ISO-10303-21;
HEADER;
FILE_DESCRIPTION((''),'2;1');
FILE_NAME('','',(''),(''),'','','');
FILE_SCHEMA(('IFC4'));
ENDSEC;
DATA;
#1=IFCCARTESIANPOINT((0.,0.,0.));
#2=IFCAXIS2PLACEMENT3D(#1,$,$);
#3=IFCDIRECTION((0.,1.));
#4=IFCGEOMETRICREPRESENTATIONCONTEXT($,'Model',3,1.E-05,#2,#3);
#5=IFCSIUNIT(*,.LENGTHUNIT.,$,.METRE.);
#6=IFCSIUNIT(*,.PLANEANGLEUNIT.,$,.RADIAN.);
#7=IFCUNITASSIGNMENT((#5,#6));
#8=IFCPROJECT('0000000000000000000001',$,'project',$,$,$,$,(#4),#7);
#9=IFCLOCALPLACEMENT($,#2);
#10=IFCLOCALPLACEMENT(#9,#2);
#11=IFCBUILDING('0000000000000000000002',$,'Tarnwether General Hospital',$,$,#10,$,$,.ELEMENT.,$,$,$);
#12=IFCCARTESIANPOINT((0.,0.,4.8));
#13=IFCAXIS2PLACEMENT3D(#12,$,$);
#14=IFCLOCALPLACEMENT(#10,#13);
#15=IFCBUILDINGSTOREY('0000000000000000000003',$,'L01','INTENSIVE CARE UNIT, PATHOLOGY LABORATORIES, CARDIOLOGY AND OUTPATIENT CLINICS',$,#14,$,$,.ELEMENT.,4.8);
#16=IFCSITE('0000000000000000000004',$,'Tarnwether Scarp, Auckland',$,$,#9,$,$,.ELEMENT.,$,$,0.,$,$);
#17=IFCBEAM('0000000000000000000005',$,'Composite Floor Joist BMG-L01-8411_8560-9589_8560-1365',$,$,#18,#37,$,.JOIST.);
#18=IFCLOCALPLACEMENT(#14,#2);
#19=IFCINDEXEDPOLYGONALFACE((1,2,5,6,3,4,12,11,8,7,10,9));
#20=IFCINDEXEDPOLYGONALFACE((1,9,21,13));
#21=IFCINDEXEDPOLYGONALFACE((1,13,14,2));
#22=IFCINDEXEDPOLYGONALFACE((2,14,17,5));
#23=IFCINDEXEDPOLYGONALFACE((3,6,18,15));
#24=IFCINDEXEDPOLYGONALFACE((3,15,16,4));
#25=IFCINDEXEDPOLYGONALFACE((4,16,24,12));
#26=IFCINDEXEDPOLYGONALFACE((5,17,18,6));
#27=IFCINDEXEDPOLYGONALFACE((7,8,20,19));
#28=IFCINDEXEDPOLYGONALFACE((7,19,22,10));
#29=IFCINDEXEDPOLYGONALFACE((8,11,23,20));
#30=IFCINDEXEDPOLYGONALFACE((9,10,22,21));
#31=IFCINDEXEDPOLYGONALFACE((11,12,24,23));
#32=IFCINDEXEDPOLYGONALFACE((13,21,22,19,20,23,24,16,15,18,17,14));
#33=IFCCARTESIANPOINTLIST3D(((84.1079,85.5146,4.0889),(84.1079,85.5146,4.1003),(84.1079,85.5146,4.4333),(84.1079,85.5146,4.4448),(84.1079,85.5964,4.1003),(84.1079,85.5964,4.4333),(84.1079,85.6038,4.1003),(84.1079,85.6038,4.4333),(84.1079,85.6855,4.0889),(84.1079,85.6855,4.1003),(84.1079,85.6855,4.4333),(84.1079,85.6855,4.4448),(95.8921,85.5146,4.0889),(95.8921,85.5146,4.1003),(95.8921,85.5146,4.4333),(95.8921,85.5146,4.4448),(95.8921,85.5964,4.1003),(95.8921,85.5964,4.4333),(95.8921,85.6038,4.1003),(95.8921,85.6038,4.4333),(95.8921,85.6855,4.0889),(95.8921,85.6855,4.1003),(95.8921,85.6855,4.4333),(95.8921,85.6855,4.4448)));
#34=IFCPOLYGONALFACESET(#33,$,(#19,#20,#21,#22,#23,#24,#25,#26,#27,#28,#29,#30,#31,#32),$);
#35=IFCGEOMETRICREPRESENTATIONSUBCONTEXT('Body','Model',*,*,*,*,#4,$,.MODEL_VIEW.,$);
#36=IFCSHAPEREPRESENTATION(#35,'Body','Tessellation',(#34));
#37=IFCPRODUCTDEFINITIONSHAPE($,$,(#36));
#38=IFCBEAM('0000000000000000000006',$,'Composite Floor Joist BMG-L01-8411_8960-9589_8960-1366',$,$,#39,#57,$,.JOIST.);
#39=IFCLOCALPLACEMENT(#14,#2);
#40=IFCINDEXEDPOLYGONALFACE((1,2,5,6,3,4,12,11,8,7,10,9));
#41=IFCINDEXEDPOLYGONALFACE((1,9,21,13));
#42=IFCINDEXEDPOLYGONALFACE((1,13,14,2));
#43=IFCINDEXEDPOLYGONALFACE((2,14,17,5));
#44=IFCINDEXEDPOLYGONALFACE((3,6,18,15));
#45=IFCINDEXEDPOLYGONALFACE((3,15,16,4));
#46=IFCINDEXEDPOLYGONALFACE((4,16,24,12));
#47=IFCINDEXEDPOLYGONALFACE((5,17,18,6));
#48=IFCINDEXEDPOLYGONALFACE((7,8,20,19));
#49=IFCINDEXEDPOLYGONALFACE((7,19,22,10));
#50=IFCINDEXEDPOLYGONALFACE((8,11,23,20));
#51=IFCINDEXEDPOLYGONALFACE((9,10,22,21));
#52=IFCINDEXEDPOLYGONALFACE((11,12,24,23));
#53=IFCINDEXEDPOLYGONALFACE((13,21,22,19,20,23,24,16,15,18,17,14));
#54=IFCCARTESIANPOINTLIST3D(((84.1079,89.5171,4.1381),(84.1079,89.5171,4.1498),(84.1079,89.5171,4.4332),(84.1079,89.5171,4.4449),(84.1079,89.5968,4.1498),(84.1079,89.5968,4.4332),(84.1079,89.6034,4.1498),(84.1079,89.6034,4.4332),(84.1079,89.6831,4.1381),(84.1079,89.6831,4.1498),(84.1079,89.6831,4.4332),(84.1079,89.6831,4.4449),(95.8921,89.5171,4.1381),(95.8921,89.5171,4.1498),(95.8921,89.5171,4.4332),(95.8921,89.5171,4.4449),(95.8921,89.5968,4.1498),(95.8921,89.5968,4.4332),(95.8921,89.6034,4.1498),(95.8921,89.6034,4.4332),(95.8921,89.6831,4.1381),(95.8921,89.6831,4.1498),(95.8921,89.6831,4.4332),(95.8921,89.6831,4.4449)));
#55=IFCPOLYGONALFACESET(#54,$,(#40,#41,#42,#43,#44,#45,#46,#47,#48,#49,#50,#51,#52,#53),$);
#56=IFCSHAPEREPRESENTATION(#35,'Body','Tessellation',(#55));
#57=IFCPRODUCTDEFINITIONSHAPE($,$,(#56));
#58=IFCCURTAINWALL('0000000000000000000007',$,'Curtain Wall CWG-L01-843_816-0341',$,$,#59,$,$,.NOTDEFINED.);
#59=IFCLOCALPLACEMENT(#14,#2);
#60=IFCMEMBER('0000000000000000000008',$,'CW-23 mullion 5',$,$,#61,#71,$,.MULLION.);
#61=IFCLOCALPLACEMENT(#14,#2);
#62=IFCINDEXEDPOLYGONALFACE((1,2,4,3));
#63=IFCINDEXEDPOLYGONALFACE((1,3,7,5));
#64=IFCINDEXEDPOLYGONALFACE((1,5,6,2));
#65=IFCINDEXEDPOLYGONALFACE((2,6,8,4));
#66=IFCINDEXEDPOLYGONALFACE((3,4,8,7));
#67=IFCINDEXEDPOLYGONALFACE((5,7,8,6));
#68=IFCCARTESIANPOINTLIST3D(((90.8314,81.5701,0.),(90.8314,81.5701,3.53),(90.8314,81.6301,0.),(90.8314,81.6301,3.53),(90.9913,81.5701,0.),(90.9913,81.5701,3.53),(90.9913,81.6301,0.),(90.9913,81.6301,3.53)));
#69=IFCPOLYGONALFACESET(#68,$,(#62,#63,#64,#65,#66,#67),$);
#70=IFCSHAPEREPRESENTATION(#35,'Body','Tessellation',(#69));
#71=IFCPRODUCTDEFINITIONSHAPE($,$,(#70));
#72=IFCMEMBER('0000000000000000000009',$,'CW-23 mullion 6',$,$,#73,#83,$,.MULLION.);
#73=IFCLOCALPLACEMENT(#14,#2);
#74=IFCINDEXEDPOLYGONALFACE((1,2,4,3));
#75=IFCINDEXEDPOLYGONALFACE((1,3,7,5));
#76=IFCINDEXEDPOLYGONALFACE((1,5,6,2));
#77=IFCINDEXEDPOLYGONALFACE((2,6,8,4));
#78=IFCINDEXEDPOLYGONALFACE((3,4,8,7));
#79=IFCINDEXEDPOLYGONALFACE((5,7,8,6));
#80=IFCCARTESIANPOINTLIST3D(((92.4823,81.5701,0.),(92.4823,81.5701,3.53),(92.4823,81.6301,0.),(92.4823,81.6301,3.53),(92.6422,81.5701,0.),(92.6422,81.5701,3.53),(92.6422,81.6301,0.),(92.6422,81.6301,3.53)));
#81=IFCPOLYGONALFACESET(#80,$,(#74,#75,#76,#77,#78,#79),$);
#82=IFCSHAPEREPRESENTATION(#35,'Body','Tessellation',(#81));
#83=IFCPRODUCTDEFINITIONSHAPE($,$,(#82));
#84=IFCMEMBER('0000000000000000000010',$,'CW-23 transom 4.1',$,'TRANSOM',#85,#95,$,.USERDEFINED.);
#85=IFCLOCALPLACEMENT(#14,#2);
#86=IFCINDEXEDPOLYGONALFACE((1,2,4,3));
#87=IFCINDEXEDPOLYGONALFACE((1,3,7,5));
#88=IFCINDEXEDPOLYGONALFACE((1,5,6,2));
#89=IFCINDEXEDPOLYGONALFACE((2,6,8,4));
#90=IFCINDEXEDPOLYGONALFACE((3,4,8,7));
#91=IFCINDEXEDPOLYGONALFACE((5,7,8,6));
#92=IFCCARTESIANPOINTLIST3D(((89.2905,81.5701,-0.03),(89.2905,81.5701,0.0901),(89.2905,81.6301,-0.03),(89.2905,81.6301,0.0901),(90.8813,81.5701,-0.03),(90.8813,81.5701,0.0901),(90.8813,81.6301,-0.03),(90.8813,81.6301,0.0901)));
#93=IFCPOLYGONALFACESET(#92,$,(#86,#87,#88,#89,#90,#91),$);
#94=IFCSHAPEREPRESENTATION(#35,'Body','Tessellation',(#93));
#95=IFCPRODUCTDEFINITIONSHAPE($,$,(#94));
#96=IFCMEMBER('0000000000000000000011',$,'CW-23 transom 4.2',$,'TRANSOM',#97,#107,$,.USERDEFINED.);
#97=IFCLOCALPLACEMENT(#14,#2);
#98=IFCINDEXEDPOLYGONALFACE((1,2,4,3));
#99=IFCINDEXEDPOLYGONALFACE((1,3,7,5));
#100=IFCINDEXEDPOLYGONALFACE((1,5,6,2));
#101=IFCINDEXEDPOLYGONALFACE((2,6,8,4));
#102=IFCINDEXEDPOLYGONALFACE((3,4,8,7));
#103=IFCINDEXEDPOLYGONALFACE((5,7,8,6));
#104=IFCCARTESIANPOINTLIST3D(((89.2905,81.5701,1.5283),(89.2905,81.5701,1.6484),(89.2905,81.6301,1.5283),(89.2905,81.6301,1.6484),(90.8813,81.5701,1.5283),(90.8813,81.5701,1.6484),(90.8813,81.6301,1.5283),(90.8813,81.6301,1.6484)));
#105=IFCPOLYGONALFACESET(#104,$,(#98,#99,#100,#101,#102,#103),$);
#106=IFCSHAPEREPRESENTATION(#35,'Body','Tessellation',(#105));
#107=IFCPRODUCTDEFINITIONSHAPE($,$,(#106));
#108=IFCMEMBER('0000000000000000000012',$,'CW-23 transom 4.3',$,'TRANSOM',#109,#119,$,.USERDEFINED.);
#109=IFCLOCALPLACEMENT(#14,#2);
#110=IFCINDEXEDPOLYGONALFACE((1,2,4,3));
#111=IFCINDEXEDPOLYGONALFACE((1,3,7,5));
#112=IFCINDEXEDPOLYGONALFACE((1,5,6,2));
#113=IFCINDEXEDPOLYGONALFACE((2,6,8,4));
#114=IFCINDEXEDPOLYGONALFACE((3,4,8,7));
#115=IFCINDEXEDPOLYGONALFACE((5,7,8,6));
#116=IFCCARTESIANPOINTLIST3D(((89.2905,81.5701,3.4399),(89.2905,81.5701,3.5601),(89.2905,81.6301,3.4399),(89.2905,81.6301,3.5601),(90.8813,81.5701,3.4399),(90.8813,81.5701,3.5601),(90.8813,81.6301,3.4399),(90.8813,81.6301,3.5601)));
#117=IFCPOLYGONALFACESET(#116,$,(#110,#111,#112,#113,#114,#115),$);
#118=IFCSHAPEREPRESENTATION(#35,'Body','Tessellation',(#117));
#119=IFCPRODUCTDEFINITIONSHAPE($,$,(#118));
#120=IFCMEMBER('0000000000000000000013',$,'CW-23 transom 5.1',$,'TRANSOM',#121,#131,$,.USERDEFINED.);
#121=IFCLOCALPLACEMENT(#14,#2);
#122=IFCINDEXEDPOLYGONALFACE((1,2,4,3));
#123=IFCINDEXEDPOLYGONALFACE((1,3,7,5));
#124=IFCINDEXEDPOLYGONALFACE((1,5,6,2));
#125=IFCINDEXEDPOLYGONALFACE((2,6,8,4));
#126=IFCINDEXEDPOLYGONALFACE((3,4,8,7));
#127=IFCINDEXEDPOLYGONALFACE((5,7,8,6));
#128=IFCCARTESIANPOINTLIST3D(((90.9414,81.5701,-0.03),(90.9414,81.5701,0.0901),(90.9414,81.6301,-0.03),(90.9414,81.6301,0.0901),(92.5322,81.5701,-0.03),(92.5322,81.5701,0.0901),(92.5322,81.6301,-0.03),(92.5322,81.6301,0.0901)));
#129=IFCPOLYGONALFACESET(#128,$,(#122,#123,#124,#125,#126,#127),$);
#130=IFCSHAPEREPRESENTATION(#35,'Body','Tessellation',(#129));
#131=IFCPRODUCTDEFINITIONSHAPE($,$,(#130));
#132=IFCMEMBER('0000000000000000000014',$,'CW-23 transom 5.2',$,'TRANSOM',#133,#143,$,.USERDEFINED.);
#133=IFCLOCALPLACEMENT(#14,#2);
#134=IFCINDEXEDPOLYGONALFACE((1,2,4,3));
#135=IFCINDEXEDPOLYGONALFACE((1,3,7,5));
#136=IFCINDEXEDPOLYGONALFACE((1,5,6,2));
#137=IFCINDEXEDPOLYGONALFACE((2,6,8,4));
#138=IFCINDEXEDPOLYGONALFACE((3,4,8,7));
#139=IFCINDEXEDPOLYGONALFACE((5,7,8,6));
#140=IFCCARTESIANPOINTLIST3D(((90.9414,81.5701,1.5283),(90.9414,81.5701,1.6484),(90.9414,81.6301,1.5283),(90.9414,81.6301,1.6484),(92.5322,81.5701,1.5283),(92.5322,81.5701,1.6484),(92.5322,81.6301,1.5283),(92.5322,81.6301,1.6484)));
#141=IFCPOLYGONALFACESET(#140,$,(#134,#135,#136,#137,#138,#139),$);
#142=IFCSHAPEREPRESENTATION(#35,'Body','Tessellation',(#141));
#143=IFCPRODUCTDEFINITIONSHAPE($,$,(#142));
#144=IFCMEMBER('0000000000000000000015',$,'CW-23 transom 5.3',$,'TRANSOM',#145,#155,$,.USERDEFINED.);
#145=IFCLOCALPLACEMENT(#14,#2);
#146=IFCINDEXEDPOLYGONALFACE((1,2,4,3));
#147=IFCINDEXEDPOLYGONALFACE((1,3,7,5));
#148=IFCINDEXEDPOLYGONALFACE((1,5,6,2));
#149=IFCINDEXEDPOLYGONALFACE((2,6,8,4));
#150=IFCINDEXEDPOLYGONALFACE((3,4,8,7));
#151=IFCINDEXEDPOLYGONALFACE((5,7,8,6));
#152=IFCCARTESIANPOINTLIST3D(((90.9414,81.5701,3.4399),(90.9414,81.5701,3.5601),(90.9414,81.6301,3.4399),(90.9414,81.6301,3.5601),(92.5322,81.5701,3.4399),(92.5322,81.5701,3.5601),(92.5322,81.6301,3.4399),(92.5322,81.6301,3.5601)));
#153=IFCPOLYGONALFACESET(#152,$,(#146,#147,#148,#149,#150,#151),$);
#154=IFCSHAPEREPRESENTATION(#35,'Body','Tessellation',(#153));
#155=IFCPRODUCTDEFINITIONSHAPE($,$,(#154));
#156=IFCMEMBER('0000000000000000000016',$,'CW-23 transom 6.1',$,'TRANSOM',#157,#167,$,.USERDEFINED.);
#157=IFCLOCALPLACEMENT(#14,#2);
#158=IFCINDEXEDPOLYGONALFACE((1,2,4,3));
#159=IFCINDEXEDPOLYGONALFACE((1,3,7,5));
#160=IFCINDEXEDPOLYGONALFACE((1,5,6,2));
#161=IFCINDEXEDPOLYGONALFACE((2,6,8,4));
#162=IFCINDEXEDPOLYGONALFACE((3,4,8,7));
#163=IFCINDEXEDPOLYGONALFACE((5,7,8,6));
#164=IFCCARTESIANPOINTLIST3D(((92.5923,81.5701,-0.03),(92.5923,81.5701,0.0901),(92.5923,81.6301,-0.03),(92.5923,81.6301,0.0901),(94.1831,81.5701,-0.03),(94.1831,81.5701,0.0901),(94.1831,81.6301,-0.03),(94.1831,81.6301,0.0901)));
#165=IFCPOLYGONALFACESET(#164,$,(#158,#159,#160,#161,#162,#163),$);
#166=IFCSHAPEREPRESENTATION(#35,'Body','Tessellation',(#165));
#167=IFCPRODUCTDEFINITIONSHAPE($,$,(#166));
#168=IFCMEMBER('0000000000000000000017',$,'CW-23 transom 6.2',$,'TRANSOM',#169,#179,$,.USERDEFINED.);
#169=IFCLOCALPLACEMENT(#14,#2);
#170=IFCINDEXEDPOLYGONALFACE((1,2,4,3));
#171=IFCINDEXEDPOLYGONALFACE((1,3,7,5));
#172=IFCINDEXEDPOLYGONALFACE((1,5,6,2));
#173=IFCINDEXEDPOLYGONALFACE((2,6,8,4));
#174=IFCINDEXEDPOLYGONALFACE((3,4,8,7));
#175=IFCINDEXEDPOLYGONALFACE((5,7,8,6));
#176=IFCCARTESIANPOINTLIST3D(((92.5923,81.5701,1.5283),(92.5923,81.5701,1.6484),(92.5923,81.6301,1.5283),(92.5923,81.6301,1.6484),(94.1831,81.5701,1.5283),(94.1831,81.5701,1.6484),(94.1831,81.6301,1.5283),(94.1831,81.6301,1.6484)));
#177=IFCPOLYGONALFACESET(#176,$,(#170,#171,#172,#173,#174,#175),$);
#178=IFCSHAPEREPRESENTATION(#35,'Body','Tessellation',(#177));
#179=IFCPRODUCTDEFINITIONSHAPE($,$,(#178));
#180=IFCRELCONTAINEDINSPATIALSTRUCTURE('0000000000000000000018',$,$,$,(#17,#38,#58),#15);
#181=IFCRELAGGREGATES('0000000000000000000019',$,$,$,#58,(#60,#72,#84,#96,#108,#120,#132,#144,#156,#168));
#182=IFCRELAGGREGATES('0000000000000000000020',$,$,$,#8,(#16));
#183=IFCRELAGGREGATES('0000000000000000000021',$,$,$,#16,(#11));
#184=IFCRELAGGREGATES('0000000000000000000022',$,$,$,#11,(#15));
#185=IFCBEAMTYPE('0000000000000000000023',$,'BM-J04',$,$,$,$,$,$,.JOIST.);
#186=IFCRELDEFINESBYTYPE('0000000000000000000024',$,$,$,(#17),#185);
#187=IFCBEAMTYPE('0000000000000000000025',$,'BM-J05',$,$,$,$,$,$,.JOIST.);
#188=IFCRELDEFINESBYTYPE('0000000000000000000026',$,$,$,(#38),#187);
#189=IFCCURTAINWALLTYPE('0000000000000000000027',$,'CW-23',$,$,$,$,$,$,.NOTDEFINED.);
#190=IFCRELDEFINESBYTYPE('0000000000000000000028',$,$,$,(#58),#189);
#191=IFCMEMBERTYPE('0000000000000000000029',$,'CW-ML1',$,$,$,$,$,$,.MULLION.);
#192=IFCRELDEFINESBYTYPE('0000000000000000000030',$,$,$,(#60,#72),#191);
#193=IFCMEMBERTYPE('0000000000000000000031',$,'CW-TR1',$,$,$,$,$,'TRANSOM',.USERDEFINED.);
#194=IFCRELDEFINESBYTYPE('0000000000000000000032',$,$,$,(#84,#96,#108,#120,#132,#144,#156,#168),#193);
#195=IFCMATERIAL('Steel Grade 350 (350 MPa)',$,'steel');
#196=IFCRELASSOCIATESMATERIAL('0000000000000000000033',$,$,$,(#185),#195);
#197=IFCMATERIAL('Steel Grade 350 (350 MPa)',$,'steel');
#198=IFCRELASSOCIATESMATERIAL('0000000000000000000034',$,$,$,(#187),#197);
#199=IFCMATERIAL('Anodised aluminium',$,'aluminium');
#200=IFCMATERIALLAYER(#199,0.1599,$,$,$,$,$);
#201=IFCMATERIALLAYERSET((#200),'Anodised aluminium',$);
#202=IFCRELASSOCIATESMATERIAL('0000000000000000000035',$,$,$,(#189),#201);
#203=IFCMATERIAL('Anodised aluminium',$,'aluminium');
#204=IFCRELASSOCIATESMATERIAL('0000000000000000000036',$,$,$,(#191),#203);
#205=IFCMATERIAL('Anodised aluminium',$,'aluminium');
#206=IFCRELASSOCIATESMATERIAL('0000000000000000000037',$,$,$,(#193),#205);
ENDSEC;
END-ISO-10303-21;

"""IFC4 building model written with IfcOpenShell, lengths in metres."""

from ifc_helpers import new_model, si_unit, direction, frame, origin, origin_2d, place, context, subcontext, project, spatial, rectangle, i_section, extrude, material, layer, layer_set, material_profile, profile_set, type_object, element, aggregate, save


model = new_model("IFC4")

# Units and contexts
model_context = context("Model", 3, precision=1e-05, world=origin(), true_north=direction((0.0, 1.0)))
body_context = subcontext(model_context, "Body", "Model", "MODEL_VIEW")
ifc_project = project(units=[si_unit("LENGTHUNIT", "METRE"), si_unit("PLANEANGLEUNIT", "RADIAN")], contexts=[model_context])

# Site, building, storey
site_placement = place(None, origin())
site = spatial("IfcSite", under=ifc_project, at=site_placement, Name="Tarnwether Scarp, Auckland", CompositionType="ELEMENT", RefElevation=0.0)
building_placement = place(site_placement, origin())
building = spatial("IfcBuilding", under=site, at=building_placement, Name="Tarnwether General Hospital", CompositionType="ELEMENT")
storey_placement = place(building_placement, frame((0.0, 0.0, 4.8)))
storey = spatial("IfcBuildingStorey", under=building, at=storey_placement, Name="L01", Description="INTENSIVE CARE UNIT, PATHOLOGY LABORATORIES, CARDIOLOGY AND OUTPATIENT CLINICS", CompositionType="ELEMENT", Elevation=4.8)

# Beams
ifc_material_1 = material(Name="Steel Grade 350 (350 MPa)", Category="steel")
ifc_material_profile_1 = material_profile(ifc_material_1, i_section(OverallWidth=0.1709, OverallDepth=0.356, WebThickness=0.0073, FlangeThickness=0.0115, at=origin_2d()), Name="360UB50.7")
ifc_profile_set_1 = profile_set([ifc_material_profile_1], Name="Steel Grade 350 (350 MPa)")
beam_type_1 = type_object("IfcBeamType", Name="BM-J04", PredefinedType="JOIST", material=ifc_profile_set_1)
beam_1_placement = place(storey_placement, frame((84.1079, 85.6001, 4.2668), z_axis=(1.0, 0.0, 0.0), x_axis=(0.0, 1.0, 0.0)))
element("IfcBeam", 1, at=beam_1_placement, inside=storey, type_object=beam_type_1, Name="Composite Floor Joist BMG-L01-8411_8560-9589_8560-1365", PredefinedType="JOIST", context=body_context, shape_type="SweptSolid", body=[
    extrude(i_section(OverallWidth=0.1709, OverallDepth=0.356, WebThickness=0.0073, FlangeThickness=0.0115, at=origin_2d()), origin(), (0.0, 0.0, 1.0), 11.7842),
])
ifc_material_2 = material(Name="Steel Grade 350 (350 MPa)", Category="steel")
ifc_material_profile_2 = material_profile(ifc_material_2, i_section(OverallWidth=0.166, OverallDepth=0.3069, WebThickness=0.0066, FlangeThickness=0.0117, at=origin_2d()), Name="310UB46.2")
ifc_profile_set_2 = profile_set([ifc_material_profile_2], Name="Steel Grade 350 (350 MPa)")
beam_type_2 = type_object("IfcBeamType", Name="BM-J05", PredefinedType="JOIST", material=ifc_profile_set_2)
beam_2_placement = place(storey_placement, frame((84.1079, 89.6001, 4.2915), z_axis=(1.0, 0.0, 0.0), x_axis=(0.0, 1.0, 0.0)))
element("IfcBeam", 2, at=beam_2_placement, inside=storey, type_object=beam_type_2, Name="Composite Floor Joist BMG-L01-8411_8960-9589_8960-1366", PredefinedType="JOIST", context=body_context, shape_type="SweptSolid", body=[
    extrude(i_section(OverallWidth=0.166, OverallDepth=0.3069, WebThickness=0.0066, FlangeThickness=0.0117, at=origin_2d()), origin(), (0.0, 0.0, 1.0), 11.7842),
])

# Curtain wall, members
ifc_material_3 = material(Name="Anodised aluminium", Category="aluminium")
ifc_layer_1 = layer(ifc_material_3, 0.1599)
ifc_layer_set_1 = layer_set([ifc_layer_1], Name="Anodised aluminium")
curtain_wall_type = type_object("IfcCurtainWallType", Name="CW-23", PredefinedType="NOTDEFINED", material=ifc_layer_set_1)
curtain_wall_placement = place(storey_placement, origin())
curtain_wall = element("IfcCurtainWall", 3, at=curtain_wall_placement, inside=storey, type_object=curtain_wall_type, Name="Curtain Wall CWG-L01-843_816-0341", PredefinedType="NOTDEFINED")
ifc_material_4 = material(Name="Anodised aluminium", Category="aluminium")
ifc_material_profile_3 = material_profile(ifc_material_4, rectangle(XDim=0.0601, YDim=0.1599, at=origin_2d()), Name="ALU-MUL-60x160")
ifc_profile_set_3 = profile_set([ifc_material_profile_3], Name="Anodised aluminium")
member_type_1 = type_object("IfcMemberType", Name="CW-ML1", PredefinedType="MULLION", material=ifc_profile_set_3)
member_1_placement = place(storey_placement, frame((90.9114, 81.6001, 0.0), z_axis=(0.0, 0.0, 1.0), x_axis=(0.0, 1.0, 0.0)))
member_1 = element("IfcMember", 4, at=member_1_placement, type_object=member_type_1, Name="CW-23 mullion 5", PredefinedType="MULLION", context=body_context, shape_type="SweptSolid", body=[
    extrude(rectangle(XDim=0.0601, YDim=0.1599, at=origin_2d()), origin(), (0.0, 0.0, 1.0), 3.53),
])
member_2_placement = place(storey_placement, frame((92.5623, 81.6001, 0.0), z_axis=(0.0, 0.0, 1.0), x_axis=(0.0, 1.0, 0.0)))
member_2 = element("IfcMember", 5, at=member_2_placement, type_object=member_type_1, Name="CW-23 mullion 6", PredefinedType="MULLION", context=body_context, shape_type="SweptSolid", body=[
    extrude(rectangle(XDim=0.0601, YDim=0.1599, at=origin_2d()), origin(), (0.0, 0.0, 1.0), 3.53),
])
ifc_material_5 = material(Name="Anodised aluminium", Category="aluminium")
ifc_material_profile_4 = material_profile(ifc_material_5, rectangle(XDim=0.0601, YDim=0.1201, at=origin_2d()), Name="ALU-TRN-60x120")
ifc_profile_set_4 = profile_set([ifc_material_profile_4], Name="Anodised aluminium")
member_type_2 = type_object("IfcMemberType", Name="CW-TR1", ElementType="TRANSOM", PredefinedType="USERDEFINED", material=ifc_profile_set_4)
member_3_placement = place(storey_placement, frame((89.2905, 81.6001, 0.03), z_axis=(1.0, 0.0, 0.0), x_axis=(0.0, 1.0, 0.0)))
member_3 = element("IfcMember", 6, at=member_3_placement, type_object=member_type_2, Name="CW-23 transom 4.1", ObjectType="TRANSOM", PredefinedType="USERDEFINED", context=body_context, shape_type="SweptSolid", body=[
    extrude(rectangle(XDim=0.0601, YDim=0.1201, at=origin_2d()), origin(), (0.0, 0.0, 1.0), 1.5908),
])
member_4_placement = place(storey_placement, frame((89.2905, 81.6001, 1.5884), z_axis=(1.0, 0.0, 0.0), x_axis=(0.0, 1.0, 0.0)))
member_4 = element("IfcMember", 7, at=member_4_placement, type_object=member_type_2, Name="CW-23 transom 4.2", ObjectType="TRANSOM", PredefinedType="USERDEFINED", context=body_context, shape_type="SweptSolid", body=[
    extrude(rectangle(XDim=0.0601, YDim=0.1201, at=origin_2d()), origin(), (0.0, 0.0, 1.0), 1.5908),
])
member_5_placement = place(storey_placement, frame((89.2905, 81.6001, 3.5), z_axis=(1.0, 0.0, 0.0), x_axis=(0.0, 1.0, 0.0)))
member_5 = element("IfcMember", 8, at=member_5_placement, type_object=member_type_2, Name="CW-23 transom 4.3", ObjectType="TRANSOM", PredefinedType="USERDEFINED", context=body_context, shape_type="SweptSolid", body=[
    extrude(rectangle(XDim=0.0601, YDim=0.1201, at=origin_2d()), origin(), (0.0, 0.0, 1.0), 1.5908),
])
member_6_placement = place(storey_placement, frame((90.9414, 81.6001, 0.03), z_axis=(1.0, 0.0, 0.0), x_axis=(0.0, 1.0, 0.0)))
member_6 = element("IfcMember", 9, at=member_6_placement, type_object=member_type_2, Name="CW-23 transom 5.1", ObjectType="TRANSOM", PredefinedType="USERDEFINED", context=body_context, shape_type="SweptSolid", body=[
    extrude(rectangle(XDim=0.0601, YDim=0.1201, at=origin_2d()), origin(), (0.0, 0.0, 1.0), 1.5908),
])
member_7_placement = place(storey_placement, frame((90.9414, 81.6001, 1.5884), z_axis=(1.0, 0.0, 0.0), x_axis=(0.0, 1.0, 0.0)))
member_7 = element("IfcMember", 10, at=member_7_placement, type_object=member_type_2, Name="CW-23 transom 5.2", ObjectType="TRANSOM", PredefinedType="USERDEFINED", context=body_context, shape_type="SweptSolid", body=[
    extrude(rectangle(XDim=0.0601, YDim=0.1201, at=origin_2d()), origin(), (0.0, 0.0, 1.0), 1.5908),
])
member_8_placement = place(storey_placement, frame((90.9414, 81.6001, 3.5), z_axis=(1.0, 0.0, 0.0), x_axis=(0.0, 1.0, 0.0)))
member_8 = element("IfcMember", 11, at=member_8_placement, type_object=member_type_2, Name="CW-23 transom 5.3", ObjectType="TRANSOM", PredefinedType="USERDEFINED", context=body_context, shape_type="SweptSolid", body=[
    extrude(rectangle(XDim=0.0601, YDim=0.1201, at=origin_2d()), origin(), (0.0, 0.0, 1.0), 1.5908),
])
member_9_placement = place(storey_placement, frame((92.5923, 81.6001, 0.03), z_axis=(1.0, 0.0, 0.0), x_axis=(0.0, 1.0, 0.0)))
member_9 = element("IfcMember", 12, at=member_9_placement, type_object=member_type_2, Name="CW-23 transom 6.1", ObjectType="TRANSOM", PredefinedType="USERDEFINED", context=body_context, shape_type="SweptSolid", body=[
    extrude(rectangle(XDim=0.0601, YDim=0.1201, at=origin_2d()), origin(), (0.0, 0.0, 1.0), 1.5908),
])
member_10_placement = place(storey_placement, frame((92.5923, 81.6001, 1.5884), z_axis=(1.0, 0.0, 0.0), x_axis=(0.0, 1.0, 0.0)))
member_10 = element("IfcMember", 13, at=member_10_placement, type_object=member_type_2, Name="CW-23 transom 6.2", ObjectType="TRANSOM", PredefinedType="USERDEFINED", context=body_context, shape_type="SweptSolid", body=[
    extrude(rectangle(XDim=0.0601, YDim=0.1201, at=origin_2d()), origin(), (0.0, 0.0, 1.0), 1.5908),
])
aggregate(curtain_wall, [member_1, member_2, member_3, member_4, member_5, member_6, member_7, member_8, member_9, member_10])

save(model, "model.ifc")
